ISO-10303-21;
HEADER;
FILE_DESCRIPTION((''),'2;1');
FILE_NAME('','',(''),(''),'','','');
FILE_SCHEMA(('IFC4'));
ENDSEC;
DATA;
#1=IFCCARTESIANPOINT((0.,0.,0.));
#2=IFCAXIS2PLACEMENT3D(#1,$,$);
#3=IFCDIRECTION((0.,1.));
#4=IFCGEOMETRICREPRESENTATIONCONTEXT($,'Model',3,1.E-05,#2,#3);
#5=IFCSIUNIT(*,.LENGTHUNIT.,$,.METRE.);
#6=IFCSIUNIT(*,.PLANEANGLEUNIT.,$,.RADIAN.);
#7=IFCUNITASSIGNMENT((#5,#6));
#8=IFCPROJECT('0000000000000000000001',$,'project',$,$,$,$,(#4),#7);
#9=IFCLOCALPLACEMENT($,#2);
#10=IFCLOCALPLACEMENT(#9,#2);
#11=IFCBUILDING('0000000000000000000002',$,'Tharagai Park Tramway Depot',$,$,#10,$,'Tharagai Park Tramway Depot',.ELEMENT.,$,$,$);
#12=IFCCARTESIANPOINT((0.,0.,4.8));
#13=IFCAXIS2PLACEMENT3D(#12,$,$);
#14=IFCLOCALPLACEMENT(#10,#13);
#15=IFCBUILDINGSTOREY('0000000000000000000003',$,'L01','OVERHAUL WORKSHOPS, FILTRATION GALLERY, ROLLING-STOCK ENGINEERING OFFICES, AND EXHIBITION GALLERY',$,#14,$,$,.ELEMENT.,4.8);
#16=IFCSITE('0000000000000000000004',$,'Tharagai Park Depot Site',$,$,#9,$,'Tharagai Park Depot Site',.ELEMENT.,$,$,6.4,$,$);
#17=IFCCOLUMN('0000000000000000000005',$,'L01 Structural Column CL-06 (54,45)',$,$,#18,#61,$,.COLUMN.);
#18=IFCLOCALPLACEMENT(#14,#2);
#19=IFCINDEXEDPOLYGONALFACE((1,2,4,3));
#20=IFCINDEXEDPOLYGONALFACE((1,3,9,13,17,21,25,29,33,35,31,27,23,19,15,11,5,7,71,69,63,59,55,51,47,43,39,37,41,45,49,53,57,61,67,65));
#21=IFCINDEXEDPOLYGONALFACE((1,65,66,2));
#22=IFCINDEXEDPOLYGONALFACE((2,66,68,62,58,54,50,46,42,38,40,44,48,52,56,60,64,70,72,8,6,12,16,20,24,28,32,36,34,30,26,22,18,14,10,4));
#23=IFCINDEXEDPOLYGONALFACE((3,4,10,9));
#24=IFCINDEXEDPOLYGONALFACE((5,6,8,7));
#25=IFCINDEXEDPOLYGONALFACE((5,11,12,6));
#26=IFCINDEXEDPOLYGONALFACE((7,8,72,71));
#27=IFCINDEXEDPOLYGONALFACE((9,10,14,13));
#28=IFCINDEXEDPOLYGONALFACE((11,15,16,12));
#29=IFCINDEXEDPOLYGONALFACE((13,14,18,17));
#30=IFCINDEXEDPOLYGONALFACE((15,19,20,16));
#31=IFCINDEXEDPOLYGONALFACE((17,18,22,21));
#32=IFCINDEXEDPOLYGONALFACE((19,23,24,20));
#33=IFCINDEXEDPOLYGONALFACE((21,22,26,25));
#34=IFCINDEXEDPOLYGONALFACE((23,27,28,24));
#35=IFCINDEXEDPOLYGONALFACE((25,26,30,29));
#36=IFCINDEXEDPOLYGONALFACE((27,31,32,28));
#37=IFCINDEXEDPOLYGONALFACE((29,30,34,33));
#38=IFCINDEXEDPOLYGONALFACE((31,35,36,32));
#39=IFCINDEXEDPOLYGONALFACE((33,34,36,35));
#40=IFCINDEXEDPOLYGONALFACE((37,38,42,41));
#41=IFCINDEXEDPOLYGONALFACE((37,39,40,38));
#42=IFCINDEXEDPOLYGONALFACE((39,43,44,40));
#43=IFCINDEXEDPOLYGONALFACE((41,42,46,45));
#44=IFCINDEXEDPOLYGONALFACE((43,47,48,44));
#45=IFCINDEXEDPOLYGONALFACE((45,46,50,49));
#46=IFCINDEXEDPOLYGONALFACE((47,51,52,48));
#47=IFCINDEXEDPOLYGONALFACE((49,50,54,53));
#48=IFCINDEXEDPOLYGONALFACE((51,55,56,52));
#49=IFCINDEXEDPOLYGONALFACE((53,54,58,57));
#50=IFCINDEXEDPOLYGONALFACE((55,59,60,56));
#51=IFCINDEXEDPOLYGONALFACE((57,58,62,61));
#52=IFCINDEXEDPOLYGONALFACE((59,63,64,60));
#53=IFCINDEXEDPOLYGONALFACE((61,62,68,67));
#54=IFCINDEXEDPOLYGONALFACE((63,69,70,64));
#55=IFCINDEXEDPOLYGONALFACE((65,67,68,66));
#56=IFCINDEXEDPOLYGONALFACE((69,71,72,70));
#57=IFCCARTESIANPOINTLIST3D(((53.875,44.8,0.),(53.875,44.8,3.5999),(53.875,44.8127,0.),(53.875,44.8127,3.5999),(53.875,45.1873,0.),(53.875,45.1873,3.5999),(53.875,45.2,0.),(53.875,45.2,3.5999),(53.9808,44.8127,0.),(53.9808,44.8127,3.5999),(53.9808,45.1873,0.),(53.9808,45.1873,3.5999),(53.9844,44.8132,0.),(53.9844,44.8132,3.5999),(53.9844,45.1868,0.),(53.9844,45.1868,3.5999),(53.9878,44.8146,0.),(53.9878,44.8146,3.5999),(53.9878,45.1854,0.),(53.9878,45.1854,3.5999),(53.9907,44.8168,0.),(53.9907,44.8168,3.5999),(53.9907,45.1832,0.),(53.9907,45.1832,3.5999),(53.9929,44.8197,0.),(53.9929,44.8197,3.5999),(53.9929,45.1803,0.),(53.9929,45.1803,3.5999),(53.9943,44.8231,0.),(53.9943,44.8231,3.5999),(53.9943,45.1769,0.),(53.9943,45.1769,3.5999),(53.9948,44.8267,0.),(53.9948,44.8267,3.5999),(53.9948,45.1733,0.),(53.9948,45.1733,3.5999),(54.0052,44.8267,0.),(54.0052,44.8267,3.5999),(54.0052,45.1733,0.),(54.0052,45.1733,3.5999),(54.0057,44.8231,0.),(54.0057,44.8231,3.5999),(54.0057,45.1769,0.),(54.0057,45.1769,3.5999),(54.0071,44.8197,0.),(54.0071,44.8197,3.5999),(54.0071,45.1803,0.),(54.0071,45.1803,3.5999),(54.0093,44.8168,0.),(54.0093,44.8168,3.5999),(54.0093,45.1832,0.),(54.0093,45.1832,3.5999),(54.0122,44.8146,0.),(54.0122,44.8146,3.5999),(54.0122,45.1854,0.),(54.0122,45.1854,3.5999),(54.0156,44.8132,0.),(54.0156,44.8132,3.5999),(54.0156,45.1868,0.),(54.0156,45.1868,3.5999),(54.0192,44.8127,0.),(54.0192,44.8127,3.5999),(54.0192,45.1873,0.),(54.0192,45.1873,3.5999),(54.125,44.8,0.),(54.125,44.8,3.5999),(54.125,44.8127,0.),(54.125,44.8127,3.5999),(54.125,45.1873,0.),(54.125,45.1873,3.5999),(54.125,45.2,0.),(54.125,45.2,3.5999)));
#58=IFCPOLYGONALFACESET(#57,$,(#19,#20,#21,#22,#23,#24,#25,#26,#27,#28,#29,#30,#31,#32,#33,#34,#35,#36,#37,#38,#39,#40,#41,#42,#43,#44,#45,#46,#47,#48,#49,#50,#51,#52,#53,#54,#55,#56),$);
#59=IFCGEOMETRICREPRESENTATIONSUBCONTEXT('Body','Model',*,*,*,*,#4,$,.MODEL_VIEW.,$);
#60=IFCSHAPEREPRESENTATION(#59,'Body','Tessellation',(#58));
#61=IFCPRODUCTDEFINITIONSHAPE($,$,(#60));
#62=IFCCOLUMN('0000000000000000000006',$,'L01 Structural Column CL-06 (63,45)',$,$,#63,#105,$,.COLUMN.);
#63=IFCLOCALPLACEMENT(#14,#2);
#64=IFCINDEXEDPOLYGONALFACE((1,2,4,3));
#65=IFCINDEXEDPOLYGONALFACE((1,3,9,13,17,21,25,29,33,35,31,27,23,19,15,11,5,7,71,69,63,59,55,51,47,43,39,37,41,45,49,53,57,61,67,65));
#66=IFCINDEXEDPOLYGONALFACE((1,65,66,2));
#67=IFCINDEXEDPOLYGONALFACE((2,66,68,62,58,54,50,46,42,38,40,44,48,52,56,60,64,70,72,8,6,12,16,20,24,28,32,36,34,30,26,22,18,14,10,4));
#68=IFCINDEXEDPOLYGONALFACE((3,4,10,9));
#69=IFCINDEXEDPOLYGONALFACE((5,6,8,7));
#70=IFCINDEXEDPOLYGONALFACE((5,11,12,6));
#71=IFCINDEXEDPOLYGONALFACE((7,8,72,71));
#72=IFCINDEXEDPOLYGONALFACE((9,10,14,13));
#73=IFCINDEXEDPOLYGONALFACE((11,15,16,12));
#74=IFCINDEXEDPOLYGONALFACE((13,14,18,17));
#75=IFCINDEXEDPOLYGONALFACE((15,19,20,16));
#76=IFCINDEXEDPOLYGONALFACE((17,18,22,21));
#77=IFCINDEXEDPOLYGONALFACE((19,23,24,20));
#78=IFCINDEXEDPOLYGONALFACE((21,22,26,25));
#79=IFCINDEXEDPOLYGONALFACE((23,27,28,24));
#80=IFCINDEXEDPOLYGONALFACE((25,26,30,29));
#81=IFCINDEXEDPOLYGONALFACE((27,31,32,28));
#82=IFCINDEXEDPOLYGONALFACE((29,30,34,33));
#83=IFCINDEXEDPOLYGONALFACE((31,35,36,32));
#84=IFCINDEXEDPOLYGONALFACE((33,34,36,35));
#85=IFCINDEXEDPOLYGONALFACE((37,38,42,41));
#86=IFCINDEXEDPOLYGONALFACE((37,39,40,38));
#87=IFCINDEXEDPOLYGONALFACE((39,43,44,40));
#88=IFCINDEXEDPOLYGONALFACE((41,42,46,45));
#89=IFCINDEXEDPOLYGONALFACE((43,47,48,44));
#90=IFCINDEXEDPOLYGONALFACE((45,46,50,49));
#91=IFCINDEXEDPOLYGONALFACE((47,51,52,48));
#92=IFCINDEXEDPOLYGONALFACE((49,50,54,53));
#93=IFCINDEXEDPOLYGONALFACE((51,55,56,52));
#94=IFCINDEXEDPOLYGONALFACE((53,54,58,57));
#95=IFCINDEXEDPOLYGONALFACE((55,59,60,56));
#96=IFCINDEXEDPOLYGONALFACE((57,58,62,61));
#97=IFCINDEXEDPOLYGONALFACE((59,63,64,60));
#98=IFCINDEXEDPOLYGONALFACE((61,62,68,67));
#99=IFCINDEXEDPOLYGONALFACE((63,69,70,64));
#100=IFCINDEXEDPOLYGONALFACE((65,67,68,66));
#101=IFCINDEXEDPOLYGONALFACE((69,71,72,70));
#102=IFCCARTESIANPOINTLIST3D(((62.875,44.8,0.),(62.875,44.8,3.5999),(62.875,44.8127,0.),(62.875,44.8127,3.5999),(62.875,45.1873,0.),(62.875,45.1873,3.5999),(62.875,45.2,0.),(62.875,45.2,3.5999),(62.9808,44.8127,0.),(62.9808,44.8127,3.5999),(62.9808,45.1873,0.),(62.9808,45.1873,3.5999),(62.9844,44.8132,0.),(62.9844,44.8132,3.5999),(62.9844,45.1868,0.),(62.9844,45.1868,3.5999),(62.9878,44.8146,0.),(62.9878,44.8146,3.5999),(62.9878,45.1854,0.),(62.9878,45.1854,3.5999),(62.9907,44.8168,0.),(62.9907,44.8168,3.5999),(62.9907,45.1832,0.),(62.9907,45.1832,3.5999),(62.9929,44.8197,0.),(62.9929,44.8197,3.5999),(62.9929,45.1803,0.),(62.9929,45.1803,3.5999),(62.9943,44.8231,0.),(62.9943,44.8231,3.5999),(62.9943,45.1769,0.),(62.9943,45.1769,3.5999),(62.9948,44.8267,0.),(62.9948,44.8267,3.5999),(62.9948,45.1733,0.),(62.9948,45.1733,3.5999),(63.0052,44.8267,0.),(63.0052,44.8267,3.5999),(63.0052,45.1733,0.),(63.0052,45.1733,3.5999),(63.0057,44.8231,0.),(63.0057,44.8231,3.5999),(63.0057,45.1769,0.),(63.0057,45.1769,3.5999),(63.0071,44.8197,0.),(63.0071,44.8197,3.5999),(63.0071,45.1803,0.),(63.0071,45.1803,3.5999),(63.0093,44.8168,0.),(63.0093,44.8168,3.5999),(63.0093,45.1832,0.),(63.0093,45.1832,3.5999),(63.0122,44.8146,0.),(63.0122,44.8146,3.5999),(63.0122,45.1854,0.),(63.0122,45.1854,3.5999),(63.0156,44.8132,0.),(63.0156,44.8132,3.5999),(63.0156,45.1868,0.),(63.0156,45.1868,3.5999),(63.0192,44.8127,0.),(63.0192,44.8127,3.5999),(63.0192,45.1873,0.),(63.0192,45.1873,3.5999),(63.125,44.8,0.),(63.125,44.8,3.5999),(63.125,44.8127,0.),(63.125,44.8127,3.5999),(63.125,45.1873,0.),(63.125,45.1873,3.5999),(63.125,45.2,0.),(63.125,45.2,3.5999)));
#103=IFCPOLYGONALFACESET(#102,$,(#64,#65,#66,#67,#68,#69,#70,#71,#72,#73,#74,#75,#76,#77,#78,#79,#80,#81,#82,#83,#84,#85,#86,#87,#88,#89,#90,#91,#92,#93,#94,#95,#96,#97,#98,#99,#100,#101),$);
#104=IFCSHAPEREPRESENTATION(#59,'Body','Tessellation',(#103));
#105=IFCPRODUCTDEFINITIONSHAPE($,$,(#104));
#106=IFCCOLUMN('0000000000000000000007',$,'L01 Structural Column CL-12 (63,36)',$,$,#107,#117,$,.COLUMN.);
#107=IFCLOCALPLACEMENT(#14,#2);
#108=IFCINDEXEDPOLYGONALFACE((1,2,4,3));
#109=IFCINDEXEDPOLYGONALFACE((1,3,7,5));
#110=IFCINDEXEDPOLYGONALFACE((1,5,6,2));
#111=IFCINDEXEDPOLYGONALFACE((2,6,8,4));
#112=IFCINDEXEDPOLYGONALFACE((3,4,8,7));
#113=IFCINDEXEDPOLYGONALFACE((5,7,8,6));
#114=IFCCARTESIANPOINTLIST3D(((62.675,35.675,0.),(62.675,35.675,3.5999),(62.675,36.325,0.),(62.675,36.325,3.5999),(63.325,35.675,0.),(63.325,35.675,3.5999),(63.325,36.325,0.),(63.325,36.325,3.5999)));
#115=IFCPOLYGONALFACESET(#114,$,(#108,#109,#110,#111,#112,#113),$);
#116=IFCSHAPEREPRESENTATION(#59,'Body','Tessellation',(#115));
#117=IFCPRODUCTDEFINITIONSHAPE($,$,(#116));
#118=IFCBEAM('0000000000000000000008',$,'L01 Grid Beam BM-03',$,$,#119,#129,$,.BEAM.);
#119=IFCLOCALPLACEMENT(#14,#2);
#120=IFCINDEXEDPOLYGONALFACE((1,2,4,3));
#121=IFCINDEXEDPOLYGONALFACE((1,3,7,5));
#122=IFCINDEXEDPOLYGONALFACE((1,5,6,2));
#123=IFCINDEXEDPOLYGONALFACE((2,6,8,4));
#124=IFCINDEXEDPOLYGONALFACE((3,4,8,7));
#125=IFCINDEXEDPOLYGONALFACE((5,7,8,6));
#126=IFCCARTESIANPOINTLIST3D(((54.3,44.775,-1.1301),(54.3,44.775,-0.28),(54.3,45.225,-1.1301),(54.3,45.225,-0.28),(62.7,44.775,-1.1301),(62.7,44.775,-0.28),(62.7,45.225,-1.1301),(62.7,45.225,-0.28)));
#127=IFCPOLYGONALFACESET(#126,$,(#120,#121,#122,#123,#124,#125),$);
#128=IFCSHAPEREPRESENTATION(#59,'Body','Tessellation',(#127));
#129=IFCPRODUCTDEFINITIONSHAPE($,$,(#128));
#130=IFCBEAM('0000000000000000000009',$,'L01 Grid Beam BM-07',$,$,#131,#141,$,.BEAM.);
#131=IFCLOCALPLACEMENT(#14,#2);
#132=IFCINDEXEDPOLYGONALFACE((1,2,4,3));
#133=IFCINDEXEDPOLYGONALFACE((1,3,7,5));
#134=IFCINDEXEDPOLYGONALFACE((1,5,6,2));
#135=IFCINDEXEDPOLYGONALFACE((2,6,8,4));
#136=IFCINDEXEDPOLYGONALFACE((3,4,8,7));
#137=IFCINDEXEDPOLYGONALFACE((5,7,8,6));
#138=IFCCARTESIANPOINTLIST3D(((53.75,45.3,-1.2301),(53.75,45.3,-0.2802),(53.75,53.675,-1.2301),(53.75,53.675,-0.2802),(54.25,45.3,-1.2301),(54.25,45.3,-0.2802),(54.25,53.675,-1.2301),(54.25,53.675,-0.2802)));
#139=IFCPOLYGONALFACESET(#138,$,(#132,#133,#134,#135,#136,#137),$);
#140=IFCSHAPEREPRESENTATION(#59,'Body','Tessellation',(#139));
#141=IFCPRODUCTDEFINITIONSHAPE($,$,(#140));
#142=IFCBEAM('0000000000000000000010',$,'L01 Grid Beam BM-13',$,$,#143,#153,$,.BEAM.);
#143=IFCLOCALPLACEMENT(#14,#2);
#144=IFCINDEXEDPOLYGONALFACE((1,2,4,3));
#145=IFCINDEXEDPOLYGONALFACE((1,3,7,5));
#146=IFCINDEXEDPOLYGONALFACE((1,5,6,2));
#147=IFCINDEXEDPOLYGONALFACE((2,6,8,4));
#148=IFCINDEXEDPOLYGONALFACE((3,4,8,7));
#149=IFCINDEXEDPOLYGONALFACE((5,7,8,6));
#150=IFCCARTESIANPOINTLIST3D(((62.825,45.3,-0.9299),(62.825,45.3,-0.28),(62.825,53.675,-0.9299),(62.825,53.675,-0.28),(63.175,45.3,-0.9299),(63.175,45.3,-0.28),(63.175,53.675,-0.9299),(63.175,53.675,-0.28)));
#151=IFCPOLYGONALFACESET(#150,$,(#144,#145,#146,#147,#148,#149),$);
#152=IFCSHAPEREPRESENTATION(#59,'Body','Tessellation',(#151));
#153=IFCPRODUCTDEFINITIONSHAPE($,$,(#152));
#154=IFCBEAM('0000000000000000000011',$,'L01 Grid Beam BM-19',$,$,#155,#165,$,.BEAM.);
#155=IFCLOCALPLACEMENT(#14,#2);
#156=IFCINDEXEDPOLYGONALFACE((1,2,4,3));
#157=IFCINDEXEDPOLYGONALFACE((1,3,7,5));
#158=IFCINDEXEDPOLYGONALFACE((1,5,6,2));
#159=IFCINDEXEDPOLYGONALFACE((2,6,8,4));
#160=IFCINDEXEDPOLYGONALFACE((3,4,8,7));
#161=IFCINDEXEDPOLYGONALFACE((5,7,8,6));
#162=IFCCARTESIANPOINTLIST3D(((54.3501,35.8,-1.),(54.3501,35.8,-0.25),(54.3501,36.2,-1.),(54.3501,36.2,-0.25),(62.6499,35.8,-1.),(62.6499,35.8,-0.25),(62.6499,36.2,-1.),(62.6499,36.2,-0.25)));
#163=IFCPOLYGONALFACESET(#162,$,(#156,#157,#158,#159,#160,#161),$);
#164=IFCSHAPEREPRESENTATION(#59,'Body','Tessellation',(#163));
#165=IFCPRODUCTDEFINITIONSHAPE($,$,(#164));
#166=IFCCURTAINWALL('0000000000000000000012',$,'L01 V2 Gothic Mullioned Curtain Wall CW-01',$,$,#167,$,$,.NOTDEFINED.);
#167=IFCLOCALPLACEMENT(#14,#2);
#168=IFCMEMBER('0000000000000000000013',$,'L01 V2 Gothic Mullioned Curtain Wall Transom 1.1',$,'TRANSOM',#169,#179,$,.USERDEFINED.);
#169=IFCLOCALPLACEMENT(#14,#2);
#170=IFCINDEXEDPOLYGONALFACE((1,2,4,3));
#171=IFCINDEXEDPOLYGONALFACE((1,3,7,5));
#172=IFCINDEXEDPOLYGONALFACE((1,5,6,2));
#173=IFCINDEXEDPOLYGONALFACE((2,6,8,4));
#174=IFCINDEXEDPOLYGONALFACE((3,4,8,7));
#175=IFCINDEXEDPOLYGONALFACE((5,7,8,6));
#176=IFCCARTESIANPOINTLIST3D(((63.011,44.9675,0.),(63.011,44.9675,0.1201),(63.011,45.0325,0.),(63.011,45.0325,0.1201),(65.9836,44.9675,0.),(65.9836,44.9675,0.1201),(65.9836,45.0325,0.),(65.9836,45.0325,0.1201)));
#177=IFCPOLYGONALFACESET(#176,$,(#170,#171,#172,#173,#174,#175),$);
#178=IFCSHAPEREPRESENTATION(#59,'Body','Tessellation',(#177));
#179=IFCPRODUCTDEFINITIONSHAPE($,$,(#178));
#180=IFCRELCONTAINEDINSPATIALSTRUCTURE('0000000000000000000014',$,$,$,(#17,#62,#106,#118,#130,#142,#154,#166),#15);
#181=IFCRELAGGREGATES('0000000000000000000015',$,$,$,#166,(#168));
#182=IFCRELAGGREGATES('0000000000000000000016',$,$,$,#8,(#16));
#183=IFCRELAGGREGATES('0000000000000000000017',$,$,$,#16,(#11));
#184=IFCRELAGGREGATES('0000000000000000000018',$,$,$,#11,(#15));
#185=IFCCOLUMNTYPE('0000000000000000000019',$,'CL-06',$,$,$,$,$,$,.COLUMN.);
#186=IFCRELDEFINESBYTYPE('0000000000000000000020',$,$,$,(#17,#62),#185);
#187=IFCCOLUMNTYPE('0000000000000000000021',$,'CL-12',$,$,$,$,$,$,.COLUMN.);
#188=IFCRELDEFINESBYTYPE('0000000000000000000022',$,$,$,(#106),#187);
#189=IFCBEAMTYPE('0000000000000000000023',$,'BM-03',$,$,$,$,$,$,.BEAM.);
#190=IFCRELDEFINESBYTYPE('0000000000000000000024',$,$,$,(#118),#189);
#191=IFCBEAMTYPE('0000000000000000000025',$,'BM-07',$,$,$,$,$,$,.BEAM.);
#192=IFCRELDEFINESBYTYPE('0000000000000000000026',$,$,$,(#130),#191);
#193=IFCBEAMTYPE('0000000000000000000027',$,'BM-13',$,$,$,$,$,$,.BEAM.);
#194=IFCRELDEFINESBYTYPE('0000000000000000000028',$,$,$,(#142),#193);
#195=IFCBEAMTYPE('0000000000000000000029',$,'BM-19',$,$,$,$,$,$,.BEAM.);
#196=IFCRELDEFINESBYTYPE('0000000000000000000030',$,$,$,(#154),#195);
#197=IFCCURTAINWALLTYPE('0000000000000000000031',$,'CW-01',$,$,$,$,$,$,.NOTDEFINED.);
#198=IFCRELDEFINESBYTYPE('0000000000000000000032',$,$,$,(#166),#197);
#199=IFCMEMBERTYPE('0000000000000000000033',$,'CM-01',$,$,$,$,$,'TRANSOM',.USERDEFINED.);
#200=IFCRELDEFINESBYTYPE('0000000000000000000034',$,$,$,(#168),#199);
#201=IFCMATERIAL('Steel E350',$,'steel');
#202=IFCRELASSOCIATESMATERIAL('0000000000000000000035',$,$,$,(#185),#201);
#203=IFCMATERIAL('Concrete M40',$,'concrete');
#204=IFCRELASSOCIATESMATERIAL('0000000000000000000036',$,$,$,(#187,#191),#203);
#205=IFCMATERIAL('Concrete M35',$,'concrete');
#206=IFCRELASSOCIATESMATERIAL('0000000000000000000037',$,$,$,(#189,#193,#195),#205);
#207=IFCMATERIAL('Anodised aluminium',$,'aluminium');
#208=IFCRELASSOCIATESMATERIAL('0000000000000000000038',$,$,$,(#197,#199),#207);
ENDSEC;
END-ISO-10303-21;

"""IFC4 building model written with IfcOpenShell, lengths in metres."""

from ifc_helpers import new_model, si_unit, direction, frame, origin, origin_2d, place, context, subcontext, project, spatial, rectangle, i_section, extrude, material, material_profile, profile_set, type_object, element, aggregate, save


model = new_model("IFC4")

# Units and contexts
model_context = context("Model", 3, precision=1e-05, world=origin(), true_north=direction((0.0, 1.0)))
body_context = subcontext(model_context, "Body", "Model", "MODEL_VIEW")
ifc_project = project(units=[si_unit("LENGTHUNIT", "METRE"), si_unit("PLANEANGLEUNIT", "RADIAN")], contexts=[model_context])

# Site, building, storey
site_placement = place(None, origin())
site = spatial("IfcSite", under=ifc_project, at=site_placement, Name="Tharagai Park Depot Site", LongName="Tharagai Park Depot Site", CompositionType="ELEMENT", RefElevation=6.4)
building_placement = place(site_placement, origin())
building = spatial("IfcBuilding", under=site, at=building_placement, Name="Tharagai Park Tramway Depot", LongName="Tharagai Park Tramway Depot", CompositionType="ELEMENT")
storey_placement = place(building_placement, frame((0.0, 0.0, 4.8)))
storey = spatial("IfcBuildingStorey", under=building, at=storey_placement, Name="L01", Description="OVERHAUL WORKSHOPS, FILTRATION GALLERY, ROLLING-STOCK ENGINEERING OFFICES, AND EXHIBITION GALLERY", CompositionType="ELEMENT", Elevation=4.8)

# Columns
ifc_material_1 = material(Name="Steel E350", Category="steel")
ifc_material_profile_1 = material_profile(ifc_material_1, i_section(OverallWidth=0.25, OverallDepth=0.3999, WebThickness=0.0105, FlangeThickness=0.0127, FilletRadius=0.0139, at=origin_2d()), Name="ISHB 400")
ifc_profile_set_1 = profile_set([ifc_material_profile_1], Name="Steel E350")
column_type_1 = type_object("IfcColumnType", Name="CL-06", PredefinedType="COLUMN", material=ifc_profile_set_1)
for number, where, z_axis, x_axis, name in (
    (1, (54.0, 45.0, 0.0), (0.0, 0.0, 1.0), (1.0, 0.0, 0.0), "L01 Structural Column CL-06 (54,45)"),
    (2, (63.0, 45.0, 0.0), (0.0, 0.0, 1.0), (1.0, 0.0, 0.0), "L01 Structural Column CL-06 (63,45)"),
):
    element("IfcColumn", number, at=place(storey_placement, frame(where, z_axis=z_axis, x_axis=x_axis)), inside=storey, type_object=column_type_1, Name=name, PredefinedType="COLUMN", context=body_context, shape_type="SweptSolid", body=[
        extrude(i_section(OverallWidth=0.25, OverallDepth=0.3999, WebThickness=0.0105, FlangeThickness=0.0127, FilletRadius=0.0139, at=origin_2d()), origin(), (0.0, 0.0, 1.0), 3.5999),
    ])
ifc_material_2 = material(Name="Concrete M40", Category="concrete")
ifc_material_profile_2 = material_profile(ifc_material_2, rectangle(XDim=0.6499, YDim=0.6499, at=origin_2d()), Name="RC 650x650")
ifc_profile_set_2 = profile_set([ifc_material_profile_2], Name="Concrete M40")
column_type_2 = type_object("IfcColumnType", Name="CL-12", PredefinedType="COLUMN", material=ifc_profile_set_2)
column_placement = place(storey_placement, frame((63.0, 36.0, 0.0), z_axis=(0.0, 0.0, 1.0), x_axis=(1.0, 0.0, 0.0)))
element("IfcColumn", 3, at=column_placement, inside=storey, type_object=column_type_2, Name="L01 Structural Column CL-12 (63,36)", PredefinedType="COLUMN", context=body_context, shape_type="SweptSolid", body=[
    extrude(rectangle(XDim=0.6499, YDim=0.6499, at=origin_2d()), origin(), (0.0, 0.0, 1.0), 3.5999),
])

# Beams
ifc_material_3 = material(Name="Concrete M35", Category="concrete")
ifc_material_profile_3 = material_profile(ifc_material_3, rectangle(XDim=0.45, YDim=0.8501, at=origin_2d()), Name="RC 450x850")
ifc_profile_set_3 = profile_set([ifc_material_profile_3], Name="Concrete M35")
beam_type_1 = type_object("IfcBeamType", Name="BM-03", PredefinedType="BEAM", material=ifc_profile_set_3)
beam_1_placement = place(storey_placement, frame((54.3, 45.0, -0.7051), z_axis=(1.0, 0.0, 0.0), x_axis=(0.0, 1.0, 0.0)))
element("IfcBeam", 4, at=beam_1_placement, inside=storey, type_object=beam_type_1, Name="L01 Grid Beam BM-03", PredefinedType="BEAM", context=body_context, shape_type="SweptSolid", body=[
    extrude(rectangle(XDim=0.45, YDim=0.8501, at=origin_2d()), origin(), (0.0, 0.0, 1.0), 8.3999),
])
ifc_material_profile_4 = material_profile(ifc_material_2, rectangle(XDim=0.5, YDim=0.95, at=origin_2d()), Name="RC 500x950")
ifc_profile_set_4 = profile_set([ifc_material_profile_4], Name="Concrete M40")
beam_type_2 = type_object("IfcBeamType", Name="BM-07", PredefinedType="BEAM", material=ifc_profile_set_4)
beam_2_placement = place(storey_placement, frame((54.0, 45.3, -0.7551), z_axis=(0.0, 1.0, 0.0), x_axis=(-1.0, 0.0, 0.0)))
element("IfcBeam", 5, at=beam_2_placement, inside=storey, type_object=beam_type_2, Name="L01 Grid Beam BM-07", PredefinedType="BEAM", context=body_context, shape_type="SweptSolid", body=[
    extrude(rectangle(XDim=0.5, YDim=0.95, at=origin_2d()), origin(), (0.0, 0.0, 1.0), 8.375),
])
ifc_material_profile_5 = material_profile(ifc_material_3, rectangle(XDim=0.3501, YDim=0.6499, at=origin_2d()), Name="RC 350x650")
ifc_profile_set_5 = profile_set([ifc_material_profile_5], Name="Concrete M35")
beam_type_3 = type_object("IfcBeamType", Name="BM-13", PredefinedType="BEAM", material=ifc_profile_set_5)
beam_3_placement = place(storey_placement, frame((63.0, 45.3, -0.605), z_axis=(0.0, 1.0, 0.0), x_axis=(-1.0, 0.0, 0.0)))
element("IfcBeam", 6, at=beam_3_placement, inside=storey, type_object=beam_type_3, Name="L01 Grid Beam BM-13", PredefinedType="BEAM", context=body_context, shape_type="SweptSolid", body=[
    extrude(rectangle(XDim=0.3501, YDim=0.6499, at=origin_2d()), origin(), (0.0, 0.0, 1.0), 8.375),
])
ifc_material_profile_6 = material_profile(ifc_material_3, rectangle(XDim=0.3999, YDim=0.75, at=origin_2d()), Name="RC 400x750")
ifc_profile_set_6 = profile_set([ifc_material_profile_6], Name="Concrete M35")
beam_type_4 = type_object("IfcBeamType", Name="BM-19", PredefinedType="BEAM", material=ifc_profile_set_6)
beam_4_placement = place(storey_placement, frame((54.3501, 36.0, -0.625), z_axis=(1.0, 0.0, 0.0), x_axis=(0.0, 1.0, 0.0)))
element("IfcBeam", 7, at=beam_4_placement, inside=storey, type_object=beam_type_4, Name="L01 Grid Beam BM-19", PredefinedType="BEAM", context=body_context, shape_type="SweptSolid", body=[
    extrude(rectangle(XDim=0.3999, YDim=0.75, at=origin_2d()), origin(), (0.0, 0.0, 1.0), 8.2998),
])

# Curtain wall, member
ifc_material_4 = material(Name="Anodised aluminium", Category="aluminium")
curtain_wall_type_1 = type_object("IfcCurtainWallType", Name="CW-01", PredefinedType="NOTDEFINED", material=ifc_material_4)
curtain_wall_1_placement = place(storey_placement, origin())
curtain_wall_1 = element("IfcCurtainWall", 8, at=curtain_wall_1_placement, inside=storey, type_object=curtain_wall_type_1, Name="L01 V2 Gothic Mullioned Curtain Wall CW-01", PredefinedType="NOTDEFINED")
ifc_material_profile_7 = material_profile(ifc_material_4, rectangle(XDim=0.0649, YDim=0.1201, at=origin_2d()), Name="ALU 65x120")
ifc_profile_set_7 = profile_set([ifc_material_profile_7], Name="Anodised aluminium")
member_type_1 = type_object("IfcMemberType", Name="CM-01", ElementType="TRANSOM", PredefinedType="USERDEFINED", material=ifc_profile_set_7)
member_1_placement = place(storey_placement, frame((63.011, 45.0, 0.0601), z_axis=(1.0, 0.0, 0.0), x_axis=(0.0, 1.0, 0.0)))
member_1 = element("IfcMember", 9, at=member_1_placement, type_object=member_type_1, Name="L01 V2 Gothic Mullioned Curtain Wall Transom 1.1", ObjectType="TRANSOM", PredefinedType="USERDEFINED", context=body_context, shape_type="SweptSolid", body=[
    extrude(rectangle(XDim=0.0649, YDim=0.1201, at=origin_2d()), origin(), (0.0, 0.0, 1.0), 2.9727),
])
aggregate(curtain_wall_1, [member_1])

save(model, "model.ifc")
